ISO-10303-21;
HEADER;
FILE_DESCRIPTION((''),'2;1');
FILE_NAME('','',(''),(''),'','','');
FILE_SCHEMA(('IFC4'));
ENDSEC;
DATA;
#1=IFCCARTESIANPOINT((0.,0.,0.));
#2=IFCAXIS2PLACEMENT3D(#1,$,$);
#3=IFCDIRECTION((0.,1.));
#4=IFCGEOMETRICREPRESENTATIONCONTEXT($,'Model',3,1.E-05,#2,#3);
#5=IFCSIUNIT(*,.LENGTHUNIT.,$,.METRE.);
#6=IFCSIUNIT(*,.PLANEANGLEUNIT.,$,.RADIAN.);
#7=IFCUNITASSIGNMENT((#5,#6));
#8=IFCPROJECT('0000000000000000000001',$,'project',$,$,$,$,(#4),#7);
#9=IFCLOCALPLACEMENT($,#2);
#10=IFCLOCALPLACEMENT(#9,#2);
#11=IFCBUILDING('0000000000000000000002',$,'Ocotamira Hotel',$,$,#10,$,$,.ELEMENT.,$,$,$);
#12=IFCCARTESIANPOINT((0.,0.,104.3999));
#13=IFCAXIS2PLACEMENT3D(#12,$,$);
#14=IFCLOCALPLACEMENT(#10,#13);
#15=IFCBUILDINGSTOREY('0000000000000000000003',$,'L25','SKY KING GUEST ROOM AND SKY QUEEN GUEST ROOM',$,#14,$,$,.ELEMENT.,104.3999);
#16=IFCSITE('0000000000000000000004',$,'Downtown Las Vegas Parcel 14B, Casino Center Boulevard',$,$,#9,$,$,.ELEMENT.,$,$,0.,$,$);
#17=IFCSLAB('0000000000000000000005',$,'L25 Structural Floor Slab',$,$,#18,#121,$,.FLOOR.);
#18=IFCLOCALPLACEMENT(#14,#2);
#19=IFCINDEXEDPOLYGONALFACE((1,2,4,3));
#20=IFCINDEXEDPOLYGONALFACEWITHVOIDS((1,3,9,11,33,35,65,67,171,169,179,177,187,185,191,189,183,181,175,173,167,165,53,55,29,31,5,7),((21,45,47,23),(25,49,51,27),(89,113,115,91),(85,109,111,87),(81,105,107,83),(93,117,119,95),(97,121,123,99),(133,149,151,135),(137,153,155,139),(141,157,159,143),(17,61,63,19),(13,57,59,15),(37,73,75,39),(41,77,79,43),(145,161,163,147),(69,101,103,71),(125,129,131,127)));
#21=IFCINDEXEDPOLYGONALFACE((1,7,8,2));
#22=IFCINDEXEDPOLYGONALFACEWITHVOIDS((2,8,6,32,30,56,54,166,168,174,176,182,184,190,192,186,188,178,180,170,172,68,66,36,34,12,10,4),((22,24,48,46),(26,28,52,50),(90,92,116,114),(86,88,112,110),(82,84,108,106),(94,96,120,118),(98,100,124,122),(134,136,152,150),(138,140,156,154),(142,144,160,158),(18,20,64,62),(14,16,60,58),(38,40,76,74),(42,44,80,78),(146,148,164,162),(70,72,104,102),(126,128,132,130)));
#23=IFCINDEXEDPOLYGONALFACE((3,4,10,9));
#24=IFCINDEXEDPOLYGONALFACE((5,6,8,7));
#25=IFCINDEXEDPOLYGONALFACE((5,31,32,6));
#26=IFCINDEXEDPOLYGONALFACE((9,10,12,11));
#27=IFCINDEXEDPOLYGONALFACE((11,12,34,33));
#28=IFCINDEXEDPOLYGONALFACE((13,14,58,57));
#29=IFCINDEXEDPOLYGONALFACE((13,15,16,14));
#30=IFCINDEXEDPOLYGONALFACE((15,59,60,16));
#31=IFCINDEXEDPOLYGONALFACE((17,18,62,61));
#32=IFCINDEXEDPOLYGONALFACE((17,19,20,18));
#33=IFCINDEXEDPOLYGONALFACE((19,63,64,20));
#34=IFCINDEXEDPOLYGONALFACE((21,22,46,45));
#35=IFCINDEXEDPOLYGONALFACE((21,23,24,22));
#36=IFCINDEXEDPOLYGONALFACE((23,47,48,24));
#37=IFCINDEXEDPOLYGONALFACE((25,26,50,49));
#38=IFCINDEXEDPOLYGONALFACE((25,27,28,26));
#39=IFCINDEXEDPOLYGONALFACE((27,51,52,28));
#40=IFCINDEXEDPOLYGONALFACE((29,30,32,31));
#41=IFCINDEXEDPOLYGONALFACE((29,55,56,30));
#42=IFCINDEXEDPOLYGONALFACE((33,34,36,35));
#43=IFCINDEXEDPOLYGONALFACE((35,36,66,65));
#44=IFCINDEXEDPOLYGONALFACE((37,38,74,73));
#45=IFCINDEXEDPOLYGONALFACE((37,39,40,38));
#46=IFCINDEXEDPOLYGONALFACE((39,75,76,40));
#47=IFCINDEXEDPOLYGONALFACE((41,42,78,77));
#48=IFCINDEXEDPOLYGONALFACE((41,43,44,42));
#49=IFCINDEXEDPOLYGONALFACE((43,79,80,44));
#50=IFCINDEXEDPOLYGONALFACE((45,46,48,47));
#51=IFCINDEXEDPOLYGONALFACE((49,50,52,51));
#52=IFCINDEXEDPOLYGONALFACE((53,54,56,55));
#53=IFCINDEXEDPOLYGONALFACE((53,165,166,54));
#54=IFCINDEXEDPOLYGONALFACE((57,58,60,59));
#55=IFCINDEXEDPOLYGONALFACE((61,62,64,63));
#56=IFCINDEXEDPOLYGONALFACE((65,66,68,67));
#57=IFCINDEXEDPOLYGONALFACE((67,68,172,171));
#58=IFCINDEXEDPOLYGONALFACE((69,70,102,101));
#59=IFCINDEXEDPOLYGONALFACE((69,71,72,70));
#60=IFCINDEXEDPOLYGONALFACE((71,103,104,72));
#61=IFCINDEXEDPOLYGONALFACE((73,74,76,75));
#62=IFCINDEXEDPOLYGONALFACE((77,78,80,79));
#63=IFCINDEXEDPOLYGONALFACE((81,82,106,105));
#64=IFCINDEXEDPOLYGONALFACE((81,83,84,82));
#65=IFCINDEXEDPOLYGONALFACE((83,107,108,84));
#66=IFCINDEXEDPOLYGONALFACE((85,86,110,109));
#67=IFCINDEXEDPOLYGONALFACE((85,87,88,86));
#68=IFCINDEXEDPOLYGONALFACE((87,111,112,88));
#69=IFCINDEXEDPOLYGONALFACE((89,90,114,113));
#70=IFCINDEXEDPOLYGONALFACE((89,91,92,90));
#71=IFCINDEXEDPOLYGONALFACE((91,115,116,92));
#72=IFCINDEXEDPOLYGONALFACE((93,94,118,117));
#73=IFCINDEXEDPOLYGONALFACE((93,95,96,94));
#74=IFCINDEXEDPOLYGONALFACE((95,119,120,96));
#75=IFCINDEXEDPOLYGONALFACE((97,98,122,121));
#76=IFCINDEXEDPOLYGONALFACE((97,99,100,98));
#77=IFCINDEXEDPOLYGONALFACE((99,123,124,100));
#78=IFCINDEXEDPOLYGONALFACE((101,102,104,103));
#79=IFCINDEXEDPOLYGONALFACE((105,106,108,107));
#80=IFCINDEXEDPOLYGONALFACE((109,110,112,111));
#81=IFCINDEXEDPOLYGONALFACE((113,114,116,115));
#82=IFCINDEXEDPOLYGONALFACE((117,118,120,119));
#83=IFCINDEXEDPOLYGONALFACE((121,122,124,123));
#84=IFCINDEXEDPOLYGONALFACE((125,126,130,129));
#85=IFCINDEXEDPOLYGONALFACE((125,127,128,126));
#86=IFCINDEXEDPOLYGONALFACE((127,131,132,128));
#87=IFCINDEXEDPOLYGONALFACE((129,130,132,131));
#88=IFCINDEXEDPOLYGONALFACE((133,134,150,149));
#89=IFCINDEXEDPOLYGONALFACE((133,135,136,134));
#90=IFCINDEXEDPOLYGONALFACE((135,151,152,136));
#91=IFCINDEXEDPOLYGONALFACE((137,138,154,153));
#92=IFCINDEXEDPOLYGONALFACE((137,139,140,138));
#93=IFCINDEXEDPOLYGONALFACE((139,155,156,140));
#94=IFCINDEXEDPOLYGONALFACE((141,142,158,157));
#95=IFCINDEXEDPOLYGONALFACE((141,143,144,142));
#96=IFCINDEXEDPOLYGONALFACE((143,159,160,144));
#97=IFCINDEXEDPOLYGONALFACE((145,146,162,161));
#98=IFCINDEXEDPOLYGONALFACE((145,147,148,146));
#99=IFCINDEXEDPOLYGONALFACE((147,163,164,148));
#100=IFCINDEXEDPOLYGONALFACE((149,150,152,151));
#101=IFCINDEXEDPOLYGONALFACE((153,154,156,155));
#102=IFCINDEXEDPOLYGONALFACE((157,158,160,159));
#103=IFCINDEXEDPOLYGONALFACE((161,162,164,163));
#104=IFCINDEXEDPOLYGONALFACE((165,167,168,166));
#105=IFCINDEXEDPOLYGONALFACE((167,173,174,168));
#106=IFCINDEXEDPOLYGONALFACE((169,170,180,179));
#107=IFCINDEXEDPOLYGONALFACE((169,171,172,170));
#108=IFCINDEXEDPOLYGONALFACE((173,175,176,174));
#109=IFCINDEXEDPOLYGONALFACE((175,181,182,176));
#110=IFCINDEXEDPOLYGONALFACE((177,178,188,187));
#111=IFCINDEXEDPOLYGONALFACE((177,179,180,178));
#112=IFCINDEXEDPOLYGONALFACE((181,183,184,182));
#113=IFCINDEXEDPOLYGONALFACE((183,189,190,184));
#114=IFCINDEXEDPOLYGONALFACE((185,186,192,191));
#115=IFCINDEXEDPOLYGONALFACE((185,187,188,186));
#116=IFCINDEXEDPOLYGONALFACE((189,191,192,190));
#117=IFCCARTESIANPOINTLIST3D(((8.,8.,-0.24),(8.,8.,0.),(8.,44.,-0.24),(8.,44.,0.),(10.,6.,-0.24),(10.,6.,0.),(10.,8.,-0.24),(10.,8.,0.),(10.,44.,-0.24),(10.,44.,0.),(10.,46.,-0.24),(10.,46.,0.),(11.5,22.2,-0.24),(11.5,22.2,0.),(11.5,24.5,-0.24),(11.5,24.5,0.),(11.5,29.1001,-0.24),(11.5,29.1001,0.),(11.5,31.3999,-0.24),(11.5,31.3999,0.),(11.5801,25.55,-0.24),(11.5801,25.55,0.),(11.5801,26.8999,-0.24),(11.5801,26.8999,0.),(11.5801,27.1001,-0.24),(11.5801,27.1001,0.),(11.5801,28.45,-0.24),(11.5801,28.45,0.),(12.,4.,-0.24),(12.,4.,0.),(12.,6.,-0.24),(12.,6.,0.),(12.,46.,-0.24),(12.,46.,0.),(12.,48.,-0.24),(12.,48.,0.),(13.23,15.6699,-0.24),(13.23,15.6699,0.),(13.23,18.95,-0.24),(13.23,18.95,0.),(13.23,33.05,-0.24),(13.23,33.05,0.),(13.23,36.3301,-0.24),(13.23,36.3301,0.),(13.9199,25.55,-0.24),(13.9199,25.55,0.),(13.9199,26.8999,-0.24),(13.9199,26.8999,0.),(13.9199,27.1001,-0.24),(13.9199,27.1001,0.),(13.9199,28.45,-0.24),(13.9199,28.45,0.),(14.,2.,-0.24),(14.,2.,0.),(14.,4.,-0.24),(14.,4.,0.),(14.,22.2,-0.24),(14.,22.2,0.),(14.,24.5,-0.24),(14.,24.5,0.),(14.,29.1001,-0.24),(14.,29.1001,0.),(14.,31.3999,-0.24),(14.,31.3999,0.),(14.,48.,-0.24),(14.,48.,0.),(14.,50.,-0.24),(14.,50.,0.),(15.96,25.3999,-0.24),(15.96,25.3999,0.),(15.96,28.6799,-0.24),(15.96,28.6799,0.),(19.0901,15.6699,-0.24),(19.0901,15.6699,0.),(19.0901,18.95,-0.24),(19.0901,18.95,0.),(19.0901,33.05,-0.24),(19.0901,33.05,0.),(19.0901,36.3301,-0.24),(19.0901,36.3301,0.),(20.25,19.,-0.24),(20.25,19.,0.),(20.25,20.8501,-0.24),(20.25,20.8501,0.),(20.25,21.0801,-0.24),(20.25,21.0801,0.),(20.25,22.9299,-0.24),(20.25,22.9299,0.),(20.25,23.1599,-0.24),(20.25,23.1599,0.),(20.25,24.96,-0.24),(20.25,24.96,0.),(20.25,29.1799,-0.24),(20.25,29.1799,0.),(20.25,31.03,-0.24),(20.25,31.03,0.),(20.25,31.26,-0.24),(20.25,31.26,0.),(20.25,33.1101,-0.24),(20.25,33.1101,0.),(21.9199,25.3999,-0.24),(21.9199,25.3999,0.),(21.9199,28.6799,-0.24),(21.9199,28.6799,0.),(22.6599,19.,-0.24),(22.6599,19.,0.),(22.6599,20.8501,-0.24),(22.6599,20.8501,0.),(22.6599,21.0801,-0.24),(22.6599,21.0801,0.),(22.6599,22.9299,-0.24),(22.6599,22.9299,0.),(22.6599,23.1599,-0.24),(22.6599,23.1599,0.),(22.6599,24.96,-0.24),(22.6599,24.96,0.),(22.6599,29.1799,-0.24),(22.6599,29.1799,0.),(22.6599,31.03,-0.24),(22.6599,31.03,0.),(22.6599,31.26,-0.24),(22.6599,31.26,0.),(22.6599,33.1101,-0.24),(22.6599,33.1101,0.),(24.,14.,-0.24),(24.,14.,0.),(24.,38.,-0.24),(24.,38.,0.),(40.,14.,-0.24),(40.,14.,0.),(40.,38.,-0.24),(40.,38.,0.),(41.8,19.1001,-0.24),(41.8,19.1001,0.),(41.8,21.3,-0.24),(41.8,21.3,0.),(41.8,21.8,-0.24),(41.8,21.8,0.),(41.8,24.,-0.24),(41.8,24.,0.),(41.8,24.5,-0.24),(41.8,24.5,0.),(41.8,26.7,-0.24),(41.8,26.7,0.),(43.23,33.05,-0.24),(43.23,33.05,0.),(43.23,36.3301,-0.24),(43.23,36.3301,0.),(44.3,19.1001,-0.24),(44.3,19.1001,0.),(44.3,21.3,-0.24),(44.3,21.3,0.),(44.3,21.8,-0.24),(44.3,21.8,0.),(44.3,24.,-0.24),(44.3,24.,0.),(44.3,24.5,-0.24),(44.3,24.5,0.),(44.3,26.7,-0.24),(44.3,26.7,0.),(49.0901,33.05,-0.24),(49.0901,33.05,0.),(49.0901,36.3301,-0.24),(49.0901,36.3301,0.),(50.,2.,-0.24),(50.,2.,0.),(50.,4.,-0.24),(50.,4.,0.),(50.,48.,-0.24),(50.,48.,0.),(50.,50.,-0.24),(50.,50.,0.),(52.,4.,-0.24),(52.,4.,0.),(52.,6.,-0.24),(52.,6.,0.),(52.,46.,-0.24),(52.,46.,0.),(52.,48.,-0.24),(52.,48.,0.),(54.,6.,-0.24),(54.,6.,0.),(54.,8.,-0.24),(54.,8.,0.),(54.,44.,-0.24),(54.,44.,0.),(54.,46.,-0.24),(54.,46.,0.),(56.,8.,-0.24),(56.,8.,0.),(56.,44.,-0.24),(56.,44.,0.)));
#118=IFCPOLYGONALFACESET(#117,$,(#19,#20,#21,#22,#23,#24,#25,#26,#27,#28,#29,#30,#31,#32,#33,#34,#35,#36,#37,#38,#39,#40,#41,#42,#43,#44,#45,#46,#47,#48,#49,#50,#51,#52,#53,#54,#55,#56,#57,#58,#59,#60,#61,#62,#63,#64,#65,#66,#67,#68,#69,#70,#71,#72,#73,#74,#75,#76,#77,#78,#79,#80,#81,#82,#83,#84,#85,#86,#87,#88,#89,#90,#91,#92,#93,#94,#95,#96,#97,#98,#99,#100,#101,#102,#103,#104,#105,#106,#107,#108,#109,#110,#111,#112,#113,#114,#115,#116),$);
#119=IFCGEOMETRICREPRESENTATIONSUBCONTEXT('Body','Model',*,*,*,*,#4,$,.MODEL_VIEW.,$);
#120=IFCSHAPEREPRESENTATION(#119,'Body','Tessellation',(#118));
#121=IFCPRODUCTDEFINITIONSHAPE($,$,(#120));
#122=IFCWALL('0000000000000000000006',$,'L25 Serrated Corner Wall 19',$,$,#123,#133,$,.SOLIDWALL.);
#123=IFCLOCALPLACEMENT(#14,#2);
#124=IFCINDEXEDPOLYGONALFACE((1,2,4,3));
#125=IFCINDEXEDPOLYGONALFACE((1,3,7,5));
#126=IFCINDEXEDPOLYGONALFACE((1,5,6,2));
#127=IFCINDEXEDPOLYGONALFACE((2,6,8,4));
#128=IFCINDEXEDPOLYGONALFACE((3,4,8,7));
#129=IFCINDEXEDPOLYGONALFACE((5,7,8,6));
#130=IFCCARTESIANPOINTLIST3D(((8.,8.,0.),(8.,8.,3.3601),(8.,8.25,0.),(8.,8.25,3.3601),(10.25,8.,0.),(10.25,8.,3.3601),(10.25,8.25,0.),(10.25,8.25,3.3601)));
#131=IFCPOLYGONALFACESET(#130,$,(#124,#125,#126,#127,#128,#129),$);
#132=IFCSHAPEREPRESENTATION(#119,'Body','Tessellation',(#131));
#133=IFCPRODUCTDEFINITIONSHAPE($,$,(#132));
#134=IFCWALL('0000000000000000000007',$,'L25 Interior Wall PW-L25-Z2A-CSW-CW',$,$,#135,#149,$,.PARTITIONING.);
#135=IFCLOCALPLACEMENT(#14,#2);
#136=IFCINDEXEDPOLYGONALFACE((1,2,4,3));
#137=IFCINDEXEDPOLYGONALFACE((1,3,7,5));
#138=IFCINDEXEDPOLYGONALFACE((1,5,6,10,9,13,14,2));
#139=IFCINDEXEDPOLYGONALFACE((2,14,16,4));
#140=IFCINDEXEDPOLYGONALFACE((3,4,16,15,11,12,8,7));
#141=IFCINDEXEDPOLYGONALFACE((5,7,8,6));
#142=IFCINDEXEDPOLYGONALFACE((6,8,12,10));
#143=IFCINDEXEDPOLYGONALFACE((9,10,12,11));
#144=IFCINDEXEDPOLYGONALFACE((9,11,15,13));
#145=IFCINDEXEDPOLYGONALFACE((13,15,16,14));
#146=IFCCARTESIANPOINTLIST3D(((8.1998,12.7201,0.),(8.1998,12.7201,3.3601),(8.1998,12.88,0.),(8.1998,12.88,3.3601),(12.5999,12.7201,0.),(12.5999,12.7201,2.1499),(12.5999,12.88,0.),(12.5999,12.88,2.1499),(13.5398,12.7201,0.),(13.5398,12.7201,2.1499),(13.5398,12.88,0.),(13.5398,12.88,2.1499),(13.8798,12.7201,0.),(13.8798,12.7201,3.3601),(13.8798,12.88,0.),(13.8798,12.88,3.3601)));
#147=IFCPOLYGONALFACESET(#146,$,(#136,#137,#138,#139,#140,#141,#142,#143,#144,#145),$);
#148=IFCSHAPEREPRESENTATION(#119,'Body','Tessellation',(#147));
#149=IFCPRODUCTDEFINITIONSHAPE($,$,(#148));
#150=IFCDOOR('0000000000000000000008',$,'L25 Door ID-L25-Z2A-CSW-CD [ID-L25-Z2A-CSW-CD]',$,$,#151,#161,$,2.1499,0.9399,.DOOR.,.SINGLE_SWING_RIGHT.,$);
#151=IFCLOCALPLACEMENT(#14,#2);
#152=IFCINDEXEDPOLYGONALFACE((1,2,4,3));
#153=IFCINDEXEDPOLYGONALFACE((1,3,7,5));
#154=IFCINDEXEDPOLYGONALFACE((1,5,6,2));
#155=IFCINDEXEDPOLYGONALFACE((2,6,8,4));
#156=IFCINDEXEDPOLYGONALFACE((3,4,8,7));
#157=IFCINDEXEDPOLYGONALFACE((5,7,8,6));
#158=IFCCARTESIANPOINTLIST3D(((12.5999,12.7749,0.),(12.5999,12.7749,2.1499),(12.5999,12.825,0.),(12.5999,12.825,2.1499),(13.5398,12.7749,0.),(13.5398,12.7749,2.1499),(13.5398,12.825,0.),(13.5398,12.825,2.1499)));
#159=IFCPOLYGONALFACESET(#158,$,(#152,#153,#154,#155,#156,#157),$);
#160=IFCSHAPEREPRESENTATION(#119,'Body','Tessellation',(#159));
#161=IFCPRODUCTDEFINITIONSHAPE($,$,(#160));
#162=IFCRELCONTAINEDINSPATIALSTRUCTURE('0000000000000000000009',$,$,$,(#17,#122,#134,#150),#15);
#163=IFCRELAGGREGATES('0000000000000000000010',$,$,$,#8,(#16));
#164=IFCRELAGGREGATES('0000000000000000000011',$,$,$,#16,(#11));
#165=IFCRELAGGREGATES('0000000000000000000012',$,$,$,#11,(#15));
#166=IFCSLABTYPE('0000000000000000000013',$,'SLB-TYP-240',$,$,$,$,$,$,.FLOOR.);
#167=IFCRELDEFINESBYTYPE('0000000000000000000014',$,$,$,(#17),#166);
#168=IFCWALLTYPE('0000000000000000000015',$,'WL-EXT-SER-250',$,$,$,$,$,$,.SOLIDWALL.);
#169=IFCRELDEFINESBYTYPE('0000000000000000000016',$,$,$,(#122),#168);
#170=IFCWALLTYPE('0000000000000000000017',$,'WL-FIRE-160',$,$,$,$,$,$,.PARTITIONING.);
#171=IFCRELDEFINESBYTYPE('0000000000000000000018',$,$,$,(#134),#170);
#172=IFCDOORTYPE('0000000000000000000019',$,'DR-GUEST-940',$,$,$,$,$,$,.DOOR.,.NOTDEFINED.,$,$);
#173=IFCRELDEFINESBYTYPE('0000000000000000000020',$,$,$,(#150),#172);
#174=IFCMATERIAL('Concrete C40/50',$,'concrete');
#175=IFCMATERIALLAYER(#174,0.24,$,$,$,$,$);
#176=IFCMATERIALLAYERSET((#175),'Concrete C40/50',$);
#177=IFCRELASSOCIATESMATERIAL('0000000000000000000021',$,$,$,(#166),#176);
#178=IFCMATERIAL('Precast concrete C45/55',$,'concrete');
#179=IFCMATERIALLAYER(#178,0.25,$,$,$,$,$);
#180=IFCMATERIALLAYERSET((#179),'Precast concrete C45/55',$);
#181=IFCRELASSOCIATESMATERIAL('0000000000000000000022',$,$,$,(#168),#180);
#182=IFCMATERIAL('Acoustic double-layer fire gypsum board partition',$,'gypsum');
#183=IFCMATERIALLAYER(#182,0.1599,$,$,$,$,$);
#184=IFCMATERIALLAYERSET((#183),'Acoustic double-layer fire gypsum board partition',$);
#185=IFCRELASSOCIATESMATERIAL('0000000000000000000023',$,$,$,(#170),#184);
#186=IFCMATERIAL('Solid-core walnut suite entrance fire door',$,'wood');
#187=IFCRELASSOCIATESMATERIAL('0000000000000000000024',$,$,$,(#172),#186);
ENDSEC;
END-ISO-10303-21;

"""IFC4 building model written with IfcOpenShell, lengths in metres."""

from ifc_helpers import new_model, si_unit, direction, frame, frame_2d, origin, place, context, subcontext, project, spatial, polyline, rectangle, outline, extrude, source, transform, mapped, material, layer, layer_set, type_object, element, fill, save


model = new_model("IFC4")

# Units and contexts
model_context = context("Model", 3, precision=1e-05, world=origin(), true_north=direction((0.0, 1.0)))
body_context = subcontext(model_context, "Body", "Model", "MODEL_VIEW")
ifc_project = project(units=[si_unit("LENGTHUNIT", "METRE"), si_unit("PLANEANGLEUNIT", "RADIAN")], contexts=[model_context])

# Site, building, storey
site_placement = place(None, origin())
site = spatial("IfcSite", under=ifc_project, at=site_placement, Name="Downtown Las Vegas Parcel 14B, Casino Center Boulevard", CompositionType="ELEMENT", RefElevation=0.0)
building_placement = place(site_placement, origin())
building = spatial("IfcBuilding", under=site, at=building_placement, Name="Ocotamira Hotel", CompositionType="ELEMENT")
storey_placement = place(building_placement, frame((0.0, 0.0, 104.3999)))
storey = spatial("IfcBuildingStorey", under=building, at=storey_placement, Name="L25", Description="SKY KING GUEST ROOM AND SKY QUEEN GUEST ROOM", CompositionType="ELEMENT", Elevation=104.3999)

# Shared definitions
ifc_material_1 = material(Name="Concrete C40/50", Category="concrete")

# Slab
ifc_layer_1 = layer(ifc_material_1, 0.24)
ifc_layer_set_1 = layer_set([ifc_layer_1], Name="Concrete C40/50")
slab_type_1 = type_object("IfcSlabType", Name="SLB-TYP-240", PredefinedType="FLOOR", material=ifc_layer_set_1)
slab_1_placement = place(storey_placement, frame((0.0, 0.0, -0.24)))
element("IfcSlab", 1, at=slab_1_placement, inside=storey, type_object=slab_type_1, Name="L25 Structural Floor Slab", PredefinedType="FLOOR", context=body_context, shape_type="SweptSolid", body=[
    extrude(outline(polyline([(14.0, 2.0), (50.0, 2.0), (50.0, 4.0), (52.0, 4.0), (52.0, 6.0), (54.0, 6.0), (54.0, 8.0), (56.0, 8.0), (56.0, 44.0), (54.0, 44.0), (54.0, 46.0), (52.0, 46.0), (52.0, 48.0), (50.0, 48.0), (50.0, 50.0), (14.0, 50.0), (14.0, 48.0), (12.0, 48.0), (12.0, 46.0), (10.0, 46.0), (10.0, 44.0), (8.0, 44.0), (8.0, 8.0), (10.0, 8.0), (10.0, 6.0), (12.0, 6.0), (12.0, 4.0), (14.0, 4.0), (14.0, 2.0)]), holes=[polyline([(24.0, 14.0), (40.0, 14.0), (40.0, 38.0), (24.0, 38.0), (24.0, 14.0)]), polyline([(13.23, 15.6699), (19.0901, 15.6699), (19.0901, 18.95), (13.23, 18.95), (13.23, 15.6699)]), polyline([(13.23, 33.05), (19.0901, 33.05), (19.0901, 36.3301), (13.23, 36.3301), (13.23, 33.05)]), polyline([(15.96, 25.3999), (21.9199, 25.3999), (21.9199, 28.6799), (15.96, 28.6799), (15.96, 25.3999)]), polyline([(43.23, 33.05), (49.0901, 33.05), (49.0901, 36.3301), (43.23, 36.3301), (43.23, 33.05)]), polyline([(41.8, 19.1001), (44.3, 19.1001), (44.3, 21.3), (41.8, 21.3), (41.8, 19.1001)]), polyline([(41.8, 21.8), (44.3, 21.8), (44.3, 24.0), (41.8, 24.0), (41.8, 21.8)]), polyline([(41.8, 24.5), (44.3, 24.5), (44.3, 26.7), (41.8, 26.7), (41.8, 24.5)]), polyline([(20.25, 19.0), (22.6599, 19.0), (22.6599, 20.8501), (20.25, 20.8501), (20.25, 19.0)]), polyline([(20.25, 21.0801), (22.6599, 21.0801), (22.6599, 22.9299), (20.25, 22.9299), (20.25, 21.0801)]), polyline([(20.25, 23.1599), (22.6599, 23.1599), (22.6599, 24.96), (20.25, 24.96), (20.25, 23.1599)]), polyline([(20.25, 29.1799), (22.6599, 29.1799), (22.6599, 31.03), (20.25, 31.03), (20.25, 29.1799)]), polyline([(20.25, 31.26), (22.6599, 31.26), (22.6599, 33.1101), (20.25, 33.1101), (20.25, 31.26)]), polyline([(11.5, 22.2), (14.0, 22.2), (14.0, 24.5), (11.5, 24.5), (11.5, 22.2)]), polyline([(11.5, 29.1001), (14.0, 29.1001), (14.0, 31.3999), (11.5, 31.3999), (11.5, 29.1001)]), polyline([(11.5801, 25.55), (13.9199, 25.55), (13.9199, 26.8999), (11.5801, 26.8999), (11.5801, 25.55)]), polyline([(11.5801, 27.1001), (13.9199, 27.1001), (13.9199, 28.45), (11.5801, 28.45), (11.5801, 27.1001)])]), origin(), (0.0, 0.0, 1.0), 0.24),
])

# Wall
ifc_material_2 = material(Name="Precast concrete C45/55", Category="concrete")
ifc_layer_2 = layer(ifc_material_2, 0.25)
ifc_layer_set_2 = layer_set([ifc_layer_2], Name="Precast concrete C45/55")
wall_type_1 = type_object("IfcWallType", Name="WL-EXT-SER-250", PredefinedType="SOLIDWALL", material=ifc_layer_set_2)
wall_1_placement = place(storey_placement, frame((8.0, 8.125, 0.0), z_axis=(0.0, 0.0, 1.0), x_axis=(1.0, 0.0, 0.0)))
element("IfcWall", 2, at=wall_1_placement, inside=storey, type_object=wall_type_1, Name="L25 Serrated Corner Wall 19", PredefinedType="SOLIDWALL", context=body_context, shape_type="SweptSolid", body=[
    extrude(rectangle(XDim=2.25, YDim=0.25, at=frame_2d((1.125, 0.0))), origin(), (0.0, 0.0, 1.0), 3.3601),
])

# Wall, opening, door
ifc_material_3 = material(Name="Acoustic double-layer fire gypsum board partition", Category="gypsum")
ifc_layer_3 = layer(ifc_material_3, 0.1599)
ifc_layer_set_3 = layer_set([ifc_layer_3], Name="Acoustic double-layer fire gypsum board partition")
wall_type_2 = type_object("IfcWallType", Name="WL-FIRE-160", PredefinedType="PARTITIONING", material=ifc_layer_set_3)
wall_2_placement = place(storey_placement, frame((8.2, 12.8, 0.0), z_axis=(0.0, 0.0, 1.0), x_axis=(1.0, 0.0, 0.0)))
wall_2 = element("IfcWall", 3, at=wall_2_placement, inside=storey, type_object=wall_type_2, Name="L25 Interior Wall PW-L25-Z2A-CSW-CW", PredefinedType="PARTITIONING", context=body_context, shape_type="SweptSolid", body=[
    extrude(rectangle(XDim=5.6799, YDim=0.1599, at=frame_2d((2.8398, 0.0))), origin(), (0.0, 0.0, 1.0), 3.3601),
])
opening_placement = place(wall_2_placement, frame((4.3999, 0.0, 0.0)))
opening = element("IfcOpeningElement", 4, at=opening_placement, cuts=wall_2, PredefinedType="OPENING", context=body_context, shape_type="SweptSolid", body=[
    extrude(rectangle(XDim=0.9399, YDim=2.1499, at=frame_2d((0.47, 1.075))), frame((0.0, 0.0898, 0.0), z_axis=(0.0, -1.0, 0.0), x_axis=(1.0, 0.0, 0.0)), (0.0, 0.0, 1.0), 0.1799),
])
ifc_material_4 = material(Name="Solid-core walnut suite entrance fire door", Category="wood")
door_type = type_object("IfcDoorType", Name="DR-GUEST-940", OperationType="NOTDEFINED", PredefinedType="DOOR", material=ifc_material_4)
shared_shape_1 = source(origin(), body_context, "Body", "SweptSolid", [
    extrude(rectangle(XDim=0.9399, YDim=2.1499, at=frame_2d((0.47, 1.075))), frame((0.0, 0.0249, 0.0), z_axis=(0.0, -1.0, 0.0), x_axis=(1.0, 0.0, 0.0)), (0.0, 0.0, 1.0), 0.05),
])
door_placement = place(opening_placement, origin())
door = element("IfcDoor", 5, at=door_placement, inside=storey, type_object=door_type, Name="L25 Door ID-L25-Z2A-CSW-CD [ID-L25-Z2A-CSW-CD]", OperationType="SINGLE_SWING_RIGHT", OverallHeight=2.1499, OverallWidth=0.9399, PredefinedType="DOOR", context=body_context, shape_type="MappedRepresentation", body=[
    mapped(shared_shape_1, transform((0.0, 0.0, 0.0), scale=1.0)),
])
fill(opening, door)

save(model, "model.ifc")
